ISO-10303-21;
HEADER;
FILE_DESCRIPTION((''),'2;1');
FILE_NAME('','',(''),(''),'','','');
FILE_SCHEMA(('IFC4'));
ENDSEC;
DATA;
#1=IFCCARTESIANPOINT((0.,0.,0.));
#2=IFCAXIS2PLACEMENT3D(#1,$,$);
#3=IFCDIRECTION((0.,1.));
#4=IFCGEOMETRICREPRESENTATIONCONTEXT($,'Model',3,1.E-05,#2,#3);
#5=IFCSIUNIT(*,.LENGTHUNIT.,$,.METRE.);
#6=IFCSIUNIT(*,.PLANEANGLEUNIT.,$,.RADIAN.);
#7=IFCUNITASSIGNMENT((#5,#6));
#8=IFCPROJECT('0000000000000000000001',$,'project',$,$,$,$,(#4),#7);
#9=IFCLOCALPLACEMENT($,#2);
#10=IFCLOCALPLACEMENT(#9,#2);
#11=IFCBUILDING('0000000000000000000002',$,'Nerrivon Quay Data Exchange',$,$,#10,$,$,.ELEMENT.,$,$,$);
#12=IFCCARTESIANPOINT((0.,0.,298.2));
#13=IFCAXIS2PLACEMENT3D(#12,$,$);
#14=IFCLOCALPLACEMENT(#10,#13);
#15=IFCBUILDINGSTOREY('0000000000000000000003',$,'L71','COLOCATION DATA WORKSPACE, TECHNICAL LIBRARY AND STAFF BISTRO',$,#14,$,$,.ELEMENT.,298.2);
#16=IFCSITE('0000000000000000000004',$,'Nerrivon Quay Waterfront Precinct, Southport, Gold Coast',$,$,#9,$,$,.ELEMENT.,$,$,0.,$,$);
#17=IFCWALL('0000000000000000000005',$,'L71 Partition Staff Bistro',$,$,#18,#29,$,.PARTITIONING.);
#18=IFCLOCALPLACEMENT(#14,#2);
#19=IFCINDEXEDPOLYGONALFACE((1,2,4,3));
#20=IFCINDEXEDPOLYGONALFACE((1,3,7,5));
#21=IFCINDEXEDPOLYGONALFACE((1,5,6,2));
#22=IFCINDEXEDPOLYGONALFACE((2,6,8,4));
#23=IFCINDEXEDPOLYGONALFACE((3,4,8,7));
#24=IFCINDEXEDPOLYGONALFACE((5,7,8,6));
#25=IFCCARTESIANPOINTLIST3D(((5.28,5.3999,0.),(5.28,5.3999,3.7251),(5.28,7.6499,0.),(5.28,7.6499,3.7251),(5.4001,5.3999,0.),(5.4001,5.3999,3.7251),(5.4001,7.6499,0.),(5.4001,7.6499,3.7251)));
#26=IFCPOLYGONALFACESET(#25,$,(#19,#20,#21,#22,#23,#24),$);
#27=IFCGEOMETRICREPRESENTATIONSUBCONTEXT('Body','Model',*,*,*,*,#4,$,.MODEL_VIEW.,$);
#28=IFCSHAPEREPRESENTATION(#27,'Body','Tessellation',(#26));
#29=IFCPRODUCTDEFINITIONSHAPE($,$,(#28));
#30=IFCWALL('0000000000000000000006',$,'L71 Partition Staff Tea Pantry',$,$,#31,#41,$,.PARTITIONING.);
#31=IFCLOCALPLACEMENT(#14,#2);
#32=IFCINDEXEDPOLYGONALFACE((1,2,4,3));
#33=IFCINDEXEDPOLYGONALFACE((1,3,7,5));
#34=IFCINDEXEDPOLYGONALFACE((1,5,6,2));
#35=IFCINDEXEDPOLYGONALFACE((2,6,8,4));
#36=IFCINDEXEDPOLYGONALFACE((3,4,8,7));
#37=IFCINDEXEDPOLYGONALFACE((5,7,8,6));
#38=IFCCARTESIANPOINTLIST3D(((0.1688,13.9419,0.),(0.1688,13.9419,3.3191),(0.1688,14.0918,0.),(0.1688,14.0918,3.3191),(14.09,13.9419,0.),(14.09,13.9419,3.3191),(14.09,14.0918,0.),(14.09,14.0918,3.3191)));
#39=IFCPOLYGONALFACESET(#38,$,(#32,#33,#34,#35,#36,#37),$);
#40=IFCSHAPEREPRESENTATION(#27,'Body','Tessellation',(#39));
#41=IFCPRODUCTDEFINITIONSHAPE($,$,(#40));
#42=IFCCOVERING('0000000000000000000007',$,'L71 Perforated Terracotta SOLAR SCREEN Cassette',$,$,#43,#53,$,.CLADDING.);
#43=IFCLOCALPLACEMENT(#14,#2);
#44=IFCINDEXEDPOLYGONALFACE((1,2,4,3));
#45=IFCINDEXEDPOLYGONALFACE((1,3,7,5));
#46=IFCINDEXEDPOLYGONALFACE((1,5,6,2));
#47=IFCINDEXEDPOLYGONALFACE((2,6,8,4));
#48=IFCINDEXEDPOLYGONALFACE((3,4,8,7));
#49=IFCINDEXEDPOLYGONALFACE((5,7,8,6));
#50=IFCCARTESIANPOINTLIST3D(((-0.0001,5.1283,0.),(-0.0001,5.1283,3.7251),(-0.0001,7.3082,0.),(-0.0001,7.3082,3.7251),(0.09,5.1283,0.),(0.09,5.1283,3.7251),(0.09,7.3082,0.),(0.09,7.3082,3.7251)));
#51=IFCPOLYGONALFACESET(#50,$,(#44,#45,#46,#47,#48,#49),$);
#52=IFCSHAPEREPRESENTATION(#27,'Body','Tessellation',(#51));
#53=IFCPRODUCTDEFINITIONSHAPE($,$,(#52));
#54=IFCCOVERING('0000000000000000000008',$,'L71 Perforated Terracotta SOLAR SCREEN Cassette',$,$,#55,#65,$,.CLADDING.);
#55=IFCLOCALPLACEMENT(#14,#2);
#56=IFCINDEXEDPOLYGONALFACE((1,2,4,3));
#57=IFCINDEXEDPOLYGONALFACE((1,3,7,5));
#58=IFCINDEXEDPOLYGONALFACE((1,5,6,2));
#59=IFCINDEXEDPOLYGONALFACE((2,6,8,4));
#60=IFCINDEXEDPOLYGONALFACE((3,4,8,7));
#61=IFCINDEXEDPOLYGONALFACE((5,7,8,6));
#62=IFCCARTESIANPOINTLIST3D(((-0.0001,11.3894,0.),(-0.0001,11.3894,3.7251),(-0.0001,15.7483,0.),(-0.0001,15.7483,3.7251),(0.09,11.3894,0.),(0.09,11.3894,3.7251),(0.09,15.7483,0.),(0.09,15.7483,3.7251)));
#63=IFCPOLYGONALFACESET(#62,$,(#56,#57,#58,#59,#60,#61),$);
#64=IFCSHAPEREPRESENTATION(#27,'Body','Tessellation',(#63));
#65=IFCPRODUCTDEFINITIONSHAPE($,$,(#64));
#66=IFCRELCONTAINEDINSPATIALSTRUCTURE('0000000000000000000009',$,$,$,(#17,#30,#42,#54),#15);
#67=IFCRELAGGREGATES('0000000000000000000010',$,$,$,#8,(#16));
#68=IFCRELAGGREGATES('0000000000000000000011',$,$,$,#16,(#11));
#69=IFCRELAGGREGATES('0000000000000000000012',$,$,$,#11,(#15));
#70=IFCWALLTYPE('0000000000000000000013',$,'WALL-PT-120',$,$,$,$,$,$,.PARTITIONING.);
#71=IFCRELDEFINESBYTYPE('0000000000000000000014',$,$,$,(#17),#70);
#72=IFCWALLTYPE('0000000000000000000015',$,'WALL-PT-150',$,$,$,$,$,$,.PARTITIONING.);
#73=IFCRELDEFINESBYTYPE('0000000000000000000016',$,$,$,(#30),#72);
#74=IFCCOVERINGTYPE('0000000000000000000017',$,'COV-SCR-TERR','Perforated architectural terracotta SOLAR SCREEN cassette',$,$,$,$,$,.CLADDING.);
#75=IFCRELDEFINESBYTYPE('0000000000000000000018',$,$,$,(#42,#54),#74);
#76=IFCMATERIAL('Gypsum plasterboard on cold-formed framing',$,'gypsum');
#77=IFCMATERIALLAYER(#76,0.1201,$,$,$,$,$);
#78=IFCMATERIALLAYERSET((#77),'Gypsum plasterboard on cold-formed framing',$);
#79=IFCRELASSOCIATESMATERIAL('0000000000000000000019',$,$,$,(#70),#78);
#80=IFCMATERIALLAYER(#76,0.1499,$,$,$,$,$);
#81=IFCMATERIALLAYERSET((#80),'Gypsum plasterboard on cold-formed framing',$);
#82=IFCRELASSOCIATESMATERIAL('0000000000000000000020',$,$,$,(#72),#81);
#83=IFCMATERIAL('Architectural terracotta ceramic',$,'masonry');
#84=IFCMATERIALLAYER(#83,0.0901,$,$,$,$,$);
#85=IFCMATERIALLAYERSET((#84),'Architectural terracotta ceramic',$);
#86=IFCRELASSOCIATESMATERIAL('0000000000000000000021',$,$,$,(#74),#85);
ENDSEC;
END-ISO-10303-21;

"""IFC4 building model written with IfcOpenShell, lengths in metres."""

from ifc_helpers import new_model, si_unit, direction, frame, frame_2d, origin, origin_2d, place, context, subcontext, project, spatial, rectangle, extrude, material, layer, layer_set, type_object, element, save


model = new_model("IFC4")

# Units and contexts
model_context = context("Model", 3, precision=1e-05, world=origin(), true_north=direction((0.0, 1.0)))
body_context = subcontext(model_context, "Body", "Model", "MODEL_VIEW")
ifc_project = project(units=[si_unit("LENGTHUNIT", "METRE"), si_unit("PLANEANGLEUNIT", "RADIAN")], contexts=[model_context])

# Site, building, storey
site_placement = place(None, origin())
site = spatial("IfcSite", under=ifc_project, at=site_placement, Name="Nerrivon Quay Waterfront Precinct, Southport, Gold Coast", CompositionType="ELEMENT", RefElevation=0.0)
building_placement = place(site_placement, origin())
building = spatial("IfcBuilding", under=site, at=building_placement, Name="Nerrivon Quay Data Exchange", CompositionType="ELEMENT")
storey_placement = place(building_placement, frame((0.0, 0.0, 298.2)))
storey = spatial("IfcBuildingStorey", under=building, at=storey_placement, Name="L71", Description="COLOCATION DATA WORKSPACE, TECHNICAL LIBRARY AND STAFF BISTRO", CompositionType="ELEMENT", Elevation=298.2)

# Walls
ifc_material_1 = material(Name="Gypsum plasterboard on cold-formed framing", Category="gypsum")
ifc_layer_1 = layer(ifc_material_1, 0.1201)
ifc_layer_set_1 = layer_set([ifc_layer_1], Name="Gypsum plasterboard on cold-formed framing")
wall_type_1 = type_object("IfcWallType", Name="WALL-PT-120", PredefinedType="PARTITIONING", material=ifc_layer_set_1)
wall_1_placement = place(storey_placement, frame((5.3401, 5.3999, 0.0), z_axis=(0.0, 0.0, 1.0), x_axis=(0.0, 1.0, 0.0)))
element("IfcWall", 1, at=wall_1_placement, inside=storey, type_object=wall_type_1, Name="L71 Partition Staff Bistro", PredefinedType="PARTITIONING", context=body_context, shape_type="SweptSolid", body=[
    extrude(rectangle(XDim=2.25, YDim=0.1201, at=frame_2d((1.125, 0.0))), origin(), (0.0, 0.0, 1.0), 3.7251),
])
ifc_layer_2 = layer(ifc_material_1, 0.1499)
ifc_layer_set_2 = layer_set([ifc_layer_2], Name="Gypsum plasterboard on cold-formed framing")
wall_type_2 = type_object("IfcWallType", Name="WALL-PT-150", PredefinedType="PARTITIONING", material=ifc_layer_set_2)
wall_2_placement = place(storey_placement, frame((0.1689, 14.0168, 0.0), z_axis=(0.0, 0.0, 1.0), x_axis=(1.0, 0.0, 0.0)))
element("IfcWall", 2, at=wall_2_placement, inside=storey, type_object=wall_type_2, Name="L71 Partition Staff Tea Pantry", PredefinedType="PARTITIONING", context=body_context, shape_type="SweptSolid", body=[
    extrude(rectangle(XDim=13.9211, YDim=0.1499, at=frame_2d((6.9604, 0.0))), origin(), (0.0, 0.0, 1.0), 3.3191),
])

# Coverings
ifc_material_2 = material(Name="Architectural terracotta ceramic", Category="masonry")
ifc_layer_3 = layer(ifc_material_2, 0.0901)
ifc_layer_set_3 = layer_set([ifc_layer_3], Name="Architectural terracotta ceramic")
covering_type = type_object("IfcCoveringType", Name="COV-SCR-TERR", Description="Perforated architectural terracotta SOLAR SCREEN cassette", PredefinedType="CLADDING", material=ifc_layer_set_3)
covering_1_placement = place(storey_placement, frame((0.0449, 6.2183, 0.0), z_axis=(0.0, 0.0, 1.0), x_axis=(0.0, 1.0, 0.0)))
element("IfcCovering", 3, at=covering_1_placement, inside=storey, type_object=covering_type, Name="L71 Perforated Terracotta SOLAR SCREEN Cassette", PredefinedType="CLADDING", context=body_context, shape_type="SweptSolid", body=[
    extrude(rectangle(XDim=2.1799, YDim=0.0901, at=origin_2d()), origin(), (0.0, 0.0, 1.0), 3.7251),
])
covering_2_placement = place(storey_placement, frame((0.0449, 13.5688, 0.0), z_axis=(0.0, 0.0, 1.0), x_axis=(0.0, 1.0, 0.0)))
element("IfcCovering", 4, at=covering_2_placement, inside=storey, type_object=covering_type, Name="L71 Perforated Terracotta SOLAR SCREEN Cassette", PredefinedType="CLADDING", context=body_context, shape_type="SweptSolid", body=[
    extrude(rectangle(XDim=4.3589, YDim=0.0901, at=origin_2d()), origin(), (0.0, 0.0, 1.0), 3.7251),
])

save(model, "model.ifc")
